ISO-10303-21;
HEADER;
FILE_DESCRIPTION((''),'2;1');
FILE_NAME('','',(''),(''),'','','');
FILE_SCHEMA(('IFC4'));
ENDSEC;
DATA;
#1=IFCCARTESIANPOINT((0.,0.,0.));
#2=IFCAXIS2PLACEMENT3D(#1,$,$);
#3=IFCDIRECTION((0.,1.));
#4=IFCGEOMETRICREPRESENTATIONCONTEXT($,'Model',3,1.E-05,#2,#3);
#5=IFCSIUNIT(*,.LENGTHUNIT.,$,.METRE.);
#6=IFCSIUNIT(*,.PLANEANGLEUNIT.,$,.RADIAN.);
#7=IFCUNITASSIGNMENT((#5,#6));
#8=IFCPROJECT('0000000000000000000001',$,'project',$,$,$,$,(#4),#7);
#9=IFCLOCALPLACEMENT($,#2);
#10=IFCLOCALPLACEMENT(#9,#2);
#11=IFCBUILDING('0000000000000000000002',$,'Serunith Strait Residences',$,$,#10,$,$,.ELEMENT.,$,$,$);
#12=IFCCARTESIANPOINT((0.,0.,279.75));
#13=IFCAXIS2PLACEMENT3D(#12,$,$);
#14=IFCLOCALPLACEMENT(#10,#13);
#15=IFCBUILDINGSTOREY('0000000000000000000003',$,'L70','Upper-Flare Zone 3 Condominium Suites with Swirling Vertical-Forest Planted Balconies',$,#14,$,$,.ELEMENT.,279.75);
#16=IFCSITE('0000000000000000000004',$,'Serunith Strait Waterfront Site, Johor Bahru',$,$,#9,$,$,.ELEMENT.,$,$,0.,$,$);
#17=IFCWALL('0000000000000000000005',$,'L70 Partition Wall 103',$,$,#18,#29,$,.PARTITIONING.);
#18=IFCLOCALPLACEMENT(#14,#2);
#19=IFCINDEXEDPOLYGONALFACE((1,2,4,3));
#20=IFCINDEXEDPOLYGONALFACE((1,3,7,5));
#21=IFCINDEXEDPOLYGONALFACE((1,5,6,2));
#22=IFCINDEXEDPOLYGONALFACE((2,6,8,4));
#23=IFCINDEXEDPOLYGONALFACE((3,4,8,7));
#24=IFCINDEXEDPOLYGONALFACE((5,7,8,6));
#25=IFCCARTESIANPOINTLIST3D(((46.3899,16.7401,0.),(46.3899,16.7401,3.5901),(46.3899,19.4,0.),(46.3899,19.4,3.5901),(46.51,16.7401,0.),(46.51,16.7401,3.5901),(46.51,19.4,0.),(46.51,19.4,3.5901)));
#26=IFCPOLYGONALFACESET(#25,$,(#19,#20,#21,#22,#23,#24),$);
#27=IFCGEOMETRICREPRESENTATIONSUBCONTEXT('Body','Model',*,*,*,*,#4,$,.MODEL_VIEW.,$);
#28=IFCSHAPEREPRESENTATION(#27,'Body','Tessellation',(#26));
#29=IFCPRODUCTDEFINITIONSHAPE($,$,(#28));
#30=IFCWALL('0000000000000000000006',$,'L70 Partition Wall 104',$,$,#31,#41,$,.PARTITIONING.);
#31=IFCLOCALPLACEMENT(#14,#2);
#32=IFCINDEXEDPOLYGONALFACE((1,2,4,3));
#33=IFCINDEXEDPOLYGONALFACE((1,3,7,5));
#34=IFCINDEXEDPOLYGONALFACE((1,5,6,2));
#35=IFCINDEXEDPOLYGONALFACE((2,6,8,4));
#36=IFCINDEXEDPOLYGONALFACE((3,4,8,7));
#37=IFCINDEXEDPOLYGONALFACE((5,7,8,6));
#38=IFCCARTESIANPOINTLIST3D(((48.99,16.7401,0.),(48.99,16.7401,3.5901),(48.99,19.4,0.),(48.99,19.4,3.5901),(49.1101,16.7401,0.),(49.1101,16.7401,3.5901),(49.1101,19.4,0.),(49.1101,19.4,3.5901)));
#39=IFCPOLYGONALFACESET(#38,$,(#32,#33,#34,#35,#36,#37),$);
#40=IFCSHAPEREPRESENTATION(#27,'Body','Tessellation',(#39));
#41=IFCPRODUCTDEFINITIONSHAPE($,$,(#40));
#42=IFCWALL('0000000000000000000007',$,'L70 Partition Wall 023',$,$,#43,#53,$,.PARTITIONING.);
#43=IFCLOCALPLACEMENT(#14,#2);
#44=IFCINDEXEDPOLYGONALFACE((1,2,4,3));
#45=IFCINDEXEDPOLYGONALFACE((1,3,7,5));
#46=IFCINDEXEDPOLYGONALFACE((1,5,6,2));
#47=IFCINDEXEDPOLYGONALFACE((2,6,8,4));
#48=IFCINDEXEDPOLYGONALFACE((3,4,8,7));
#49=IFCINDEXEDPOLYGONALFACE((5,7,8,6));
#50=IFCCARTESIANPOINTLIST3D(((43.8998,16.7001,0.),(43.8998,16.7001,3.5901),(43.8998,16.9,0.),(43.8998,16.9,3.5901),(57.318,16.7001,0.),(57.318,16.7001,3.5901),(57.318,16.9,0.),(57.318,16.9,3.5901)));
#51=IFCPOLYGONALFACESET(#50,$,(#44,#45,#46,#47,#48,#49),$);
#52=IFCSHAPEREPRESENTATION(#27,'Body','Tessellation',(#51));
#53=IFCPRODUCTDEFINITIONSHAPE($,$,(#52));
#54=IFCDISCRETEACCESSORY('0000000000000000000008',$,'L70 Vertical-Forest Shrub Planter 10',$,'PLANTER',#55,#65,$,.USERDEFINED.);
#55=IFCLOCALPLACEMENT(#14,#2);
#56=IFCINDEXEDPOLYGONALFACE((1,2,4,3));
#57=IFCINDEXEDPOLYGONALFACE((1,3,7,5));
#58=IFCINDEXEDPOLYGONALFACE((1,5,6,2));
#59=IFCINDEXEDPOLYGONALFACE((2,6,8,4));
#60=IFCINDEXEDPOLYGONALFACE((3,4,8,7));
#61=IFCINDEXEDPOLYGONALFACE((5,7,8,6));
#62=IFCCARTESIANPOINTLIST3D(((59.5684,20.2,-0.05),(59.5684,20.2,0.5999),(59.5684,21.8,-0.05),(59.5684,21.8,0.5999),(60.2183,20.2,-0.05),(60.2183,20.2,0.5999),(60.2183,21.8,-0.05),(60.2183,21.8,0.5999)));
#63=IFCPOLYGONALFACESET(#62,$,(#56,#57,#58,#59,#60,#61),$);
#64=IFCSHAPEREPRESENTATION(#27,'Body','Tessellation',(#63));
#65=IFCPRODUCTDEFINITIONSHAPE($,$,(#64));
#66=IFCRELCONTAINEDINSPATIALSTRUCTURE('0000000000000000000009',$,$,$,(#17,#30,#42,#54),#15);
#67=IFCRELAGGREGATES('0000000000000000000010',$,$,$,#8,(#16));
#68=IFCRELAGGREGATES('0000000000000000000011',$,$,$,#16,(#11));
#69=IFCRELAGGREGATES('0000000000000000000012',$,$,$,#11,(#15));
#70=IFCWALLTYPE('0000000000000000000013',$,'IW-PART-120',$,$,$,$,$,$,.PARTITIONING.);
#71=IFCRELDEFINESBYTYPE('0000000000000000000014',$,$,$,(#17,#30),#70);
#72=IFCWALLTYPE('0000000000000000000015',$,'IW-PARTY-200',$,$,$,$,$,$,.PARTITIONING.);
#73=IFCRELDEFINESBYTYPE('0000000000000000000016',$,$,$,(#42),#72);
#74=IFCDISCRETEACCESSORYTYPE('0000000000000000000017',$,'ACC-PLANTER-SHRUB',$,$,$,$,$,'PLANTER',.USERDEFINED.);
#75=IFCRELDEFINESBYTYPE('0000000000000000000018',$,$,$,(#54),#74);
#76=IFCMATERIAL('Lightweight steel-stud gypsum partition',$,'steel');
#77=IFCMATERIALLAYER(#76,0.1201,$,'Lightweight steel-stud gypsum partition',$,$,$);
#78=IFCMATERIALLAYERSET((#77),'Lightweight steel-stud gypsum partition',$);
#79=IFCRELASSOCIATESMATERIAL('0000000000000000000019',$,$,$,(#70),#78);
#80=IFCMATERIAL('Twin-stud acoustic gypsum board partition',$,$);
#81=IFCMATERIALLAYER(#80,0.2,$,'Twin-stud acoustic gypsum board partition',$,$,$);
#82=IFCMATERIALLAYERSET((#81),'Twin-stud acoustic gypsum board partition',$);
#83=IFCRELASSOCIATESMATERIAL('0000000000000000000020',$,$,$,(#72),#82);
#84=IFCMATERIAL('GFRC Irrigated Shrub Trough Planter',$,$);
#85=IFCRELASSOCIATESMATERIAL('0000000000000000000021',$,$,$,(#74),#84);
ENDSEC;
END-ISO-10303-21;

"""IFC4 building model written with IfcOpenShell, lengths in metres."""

from ifc_helpers import new_model, si_unit, direction, frame, frame_2d, origin, origin_2d, place, context, subcontext, project, spatial, rectangle, extrude, source, transform, mapped, material, layer, layer_set, type_object, element, save


model = new_model("IFC4")

# Units and contexts
model_context = context("Model", 3, precision=1e-05, world=origin(), true_north=direction((0.0, 1.0)))
body_context = subcontext(model_context, "Body", "Model", "MODEL_VIEW")
ifc_project = project(units=[si_unit("LENGTHUNIT", "METRE"), si_unit("PLANEANGLEUNIT", "RADIAN")], contexts=[model_context])

# Site, building, storey
site_placement = place(None, origin())
site = spatial("IfcSite", under=ifc_project, at=site_placement, Name="Serunith Strait Waterfront Site, Johor Bahru", CompositionType="ELEMENT", RefElevation=0.0)
building_placement = place(site_placement, origin())
building = spatial("IfcBuilding", under=site, at=building_placement, Name="Serunith Strait Residences", CompositionType="ELEMENT")
storey_placement = place(building_placement, frame((0.0, 0.0, 279.75)))
storey = spatial("IfcBuildingStorey", under=building, at=storey_placement, Name="L70", Description="Upper-Flare Zone 3 Condominium Suites with Swirling Vertical-Forest Planted Balconies", CompositionType="ELEMENT", Elevation=279.75)

# Shared definitions
ifc_material_1 = material(Name="Lightweight steel-stud gypsum partition", Category="steel")
ifc_layer_1 = layer(ifc_material_1, 0.1201, Name="Lightweight steel-stud gypsum partition")
ifc_layer_set_1 = layer_set([ifc_layer_1], Name="Lightweight steel-stud gypsum partition")
wall_type_1 = type_object("IfcWallType", Name="IW-PART-120", PredefinedType="PARTITIONING", material=ifc_layer_set_1)

# Walls
for number, where, z_axis, x_axis, name in (
    (1, (46.45, 16.74, 0.0), (0.0, 0.0, 1.0), (0.0, 1.0, 0.0), "L70 Partition Wall 103"),
    (2, (49.05, 16.74, 0.0), (0.0, 0.0, 1.0), (0.0, 1.0, 0.0), "L70 Partition Wall 104"),
):
    element("IfcWall", number, at=place(storey_placement, frame(where, z_axis=z_axis, x_axis=x_axis)), inside=storey, type_object=wall_type_1, Name=name, PredefinedType="PARTITIONING", context=body_context, shape_type="SweptSolid", body=[
        extrude(rectangle(XDim=2.6599, YDim=0.1201, at=frame_2d((1.3301, 0.0))), origin(), (0.0, 0.0, 1.0), 3.5901),
    ])
ifc_material_2 = material(Name="Twin-stud acoustic gypsum board partition")
ifc_layer_2 = layer(ifc_material_2, 0.2, Name="Twin-stud acoustic gypsum board partition")
ifc_layer_set_2 = layer_set([ifc_layer_2], Name="Twin-stud acoustic gypsum board partition")
wall_type_2 = type_object("IfcWallType", Name="IW-PARTY-200", PredefinedType="PARTITIONING", material=ifc_layer_set_2)
wall_1_placement = place(storey_placement, frame((43.8999, 16.8, 0.0), z_axis=(0.0, 0.0, 1.0), x_axis=(1.0, 0.0, 0.0)))
element("IfcWall", 3, at=wall_1_placement, inside=storey, type_object=wall_type_2, Name="L70 Partition Wall 023", PredefinedType="PARTITIONING", context=body_context, shape_type="SweptSolid", body=[
    extrude(rectangle(XDim=13.4182, YDim=0.2, at=frame_2d((6.709, 0.0))), origin(), (0.0, 0.0, 1.0), 3.5901),
])

# Discrete accessory
ifc_material_3 = material(Name="GFRC Irrigated Shrub Trough Planter")
discrete_accessory_type = type_object("IfcDiscreteAccessoryType", Name="ACC-PLANTER-SHRUB", ElementType="PLANTER", PredefinedType="USERDEFINED", material=ifc_material_3)
shared_shape_1 = source(origin(), body_context, "Body", "SweptSolid", [
    extrude(rectangle(XDim=1.6001, YDim=0.6499, at=origin_2d()), origin(), (0.0, 0.0, 1.0), 0.6499),
])
discrete_accessory_placement = place(storey_placement, frame((59.8933, 21.0, -0.05), z_axis=(0.0, 0.0, 1.0), x_axis=(0.0, 1.0, 0.0)))
element("IfcDiscreteAccessory", 4, at=discrete_accessory_placement, inside=storey, type_object=discrete_accessory_type, Name="L70 Vertical-Forest Shrub Planter 10", ObjectType="PLANTER", PredefinedType="USERDEFINED", context=body_context, shape_type="MappedRepresentation", body=[
    mapped(shared_shape_1, transform((0.0, 0.0, 0.0), scale=1.0)),
])

save(model, "model.ifc")
